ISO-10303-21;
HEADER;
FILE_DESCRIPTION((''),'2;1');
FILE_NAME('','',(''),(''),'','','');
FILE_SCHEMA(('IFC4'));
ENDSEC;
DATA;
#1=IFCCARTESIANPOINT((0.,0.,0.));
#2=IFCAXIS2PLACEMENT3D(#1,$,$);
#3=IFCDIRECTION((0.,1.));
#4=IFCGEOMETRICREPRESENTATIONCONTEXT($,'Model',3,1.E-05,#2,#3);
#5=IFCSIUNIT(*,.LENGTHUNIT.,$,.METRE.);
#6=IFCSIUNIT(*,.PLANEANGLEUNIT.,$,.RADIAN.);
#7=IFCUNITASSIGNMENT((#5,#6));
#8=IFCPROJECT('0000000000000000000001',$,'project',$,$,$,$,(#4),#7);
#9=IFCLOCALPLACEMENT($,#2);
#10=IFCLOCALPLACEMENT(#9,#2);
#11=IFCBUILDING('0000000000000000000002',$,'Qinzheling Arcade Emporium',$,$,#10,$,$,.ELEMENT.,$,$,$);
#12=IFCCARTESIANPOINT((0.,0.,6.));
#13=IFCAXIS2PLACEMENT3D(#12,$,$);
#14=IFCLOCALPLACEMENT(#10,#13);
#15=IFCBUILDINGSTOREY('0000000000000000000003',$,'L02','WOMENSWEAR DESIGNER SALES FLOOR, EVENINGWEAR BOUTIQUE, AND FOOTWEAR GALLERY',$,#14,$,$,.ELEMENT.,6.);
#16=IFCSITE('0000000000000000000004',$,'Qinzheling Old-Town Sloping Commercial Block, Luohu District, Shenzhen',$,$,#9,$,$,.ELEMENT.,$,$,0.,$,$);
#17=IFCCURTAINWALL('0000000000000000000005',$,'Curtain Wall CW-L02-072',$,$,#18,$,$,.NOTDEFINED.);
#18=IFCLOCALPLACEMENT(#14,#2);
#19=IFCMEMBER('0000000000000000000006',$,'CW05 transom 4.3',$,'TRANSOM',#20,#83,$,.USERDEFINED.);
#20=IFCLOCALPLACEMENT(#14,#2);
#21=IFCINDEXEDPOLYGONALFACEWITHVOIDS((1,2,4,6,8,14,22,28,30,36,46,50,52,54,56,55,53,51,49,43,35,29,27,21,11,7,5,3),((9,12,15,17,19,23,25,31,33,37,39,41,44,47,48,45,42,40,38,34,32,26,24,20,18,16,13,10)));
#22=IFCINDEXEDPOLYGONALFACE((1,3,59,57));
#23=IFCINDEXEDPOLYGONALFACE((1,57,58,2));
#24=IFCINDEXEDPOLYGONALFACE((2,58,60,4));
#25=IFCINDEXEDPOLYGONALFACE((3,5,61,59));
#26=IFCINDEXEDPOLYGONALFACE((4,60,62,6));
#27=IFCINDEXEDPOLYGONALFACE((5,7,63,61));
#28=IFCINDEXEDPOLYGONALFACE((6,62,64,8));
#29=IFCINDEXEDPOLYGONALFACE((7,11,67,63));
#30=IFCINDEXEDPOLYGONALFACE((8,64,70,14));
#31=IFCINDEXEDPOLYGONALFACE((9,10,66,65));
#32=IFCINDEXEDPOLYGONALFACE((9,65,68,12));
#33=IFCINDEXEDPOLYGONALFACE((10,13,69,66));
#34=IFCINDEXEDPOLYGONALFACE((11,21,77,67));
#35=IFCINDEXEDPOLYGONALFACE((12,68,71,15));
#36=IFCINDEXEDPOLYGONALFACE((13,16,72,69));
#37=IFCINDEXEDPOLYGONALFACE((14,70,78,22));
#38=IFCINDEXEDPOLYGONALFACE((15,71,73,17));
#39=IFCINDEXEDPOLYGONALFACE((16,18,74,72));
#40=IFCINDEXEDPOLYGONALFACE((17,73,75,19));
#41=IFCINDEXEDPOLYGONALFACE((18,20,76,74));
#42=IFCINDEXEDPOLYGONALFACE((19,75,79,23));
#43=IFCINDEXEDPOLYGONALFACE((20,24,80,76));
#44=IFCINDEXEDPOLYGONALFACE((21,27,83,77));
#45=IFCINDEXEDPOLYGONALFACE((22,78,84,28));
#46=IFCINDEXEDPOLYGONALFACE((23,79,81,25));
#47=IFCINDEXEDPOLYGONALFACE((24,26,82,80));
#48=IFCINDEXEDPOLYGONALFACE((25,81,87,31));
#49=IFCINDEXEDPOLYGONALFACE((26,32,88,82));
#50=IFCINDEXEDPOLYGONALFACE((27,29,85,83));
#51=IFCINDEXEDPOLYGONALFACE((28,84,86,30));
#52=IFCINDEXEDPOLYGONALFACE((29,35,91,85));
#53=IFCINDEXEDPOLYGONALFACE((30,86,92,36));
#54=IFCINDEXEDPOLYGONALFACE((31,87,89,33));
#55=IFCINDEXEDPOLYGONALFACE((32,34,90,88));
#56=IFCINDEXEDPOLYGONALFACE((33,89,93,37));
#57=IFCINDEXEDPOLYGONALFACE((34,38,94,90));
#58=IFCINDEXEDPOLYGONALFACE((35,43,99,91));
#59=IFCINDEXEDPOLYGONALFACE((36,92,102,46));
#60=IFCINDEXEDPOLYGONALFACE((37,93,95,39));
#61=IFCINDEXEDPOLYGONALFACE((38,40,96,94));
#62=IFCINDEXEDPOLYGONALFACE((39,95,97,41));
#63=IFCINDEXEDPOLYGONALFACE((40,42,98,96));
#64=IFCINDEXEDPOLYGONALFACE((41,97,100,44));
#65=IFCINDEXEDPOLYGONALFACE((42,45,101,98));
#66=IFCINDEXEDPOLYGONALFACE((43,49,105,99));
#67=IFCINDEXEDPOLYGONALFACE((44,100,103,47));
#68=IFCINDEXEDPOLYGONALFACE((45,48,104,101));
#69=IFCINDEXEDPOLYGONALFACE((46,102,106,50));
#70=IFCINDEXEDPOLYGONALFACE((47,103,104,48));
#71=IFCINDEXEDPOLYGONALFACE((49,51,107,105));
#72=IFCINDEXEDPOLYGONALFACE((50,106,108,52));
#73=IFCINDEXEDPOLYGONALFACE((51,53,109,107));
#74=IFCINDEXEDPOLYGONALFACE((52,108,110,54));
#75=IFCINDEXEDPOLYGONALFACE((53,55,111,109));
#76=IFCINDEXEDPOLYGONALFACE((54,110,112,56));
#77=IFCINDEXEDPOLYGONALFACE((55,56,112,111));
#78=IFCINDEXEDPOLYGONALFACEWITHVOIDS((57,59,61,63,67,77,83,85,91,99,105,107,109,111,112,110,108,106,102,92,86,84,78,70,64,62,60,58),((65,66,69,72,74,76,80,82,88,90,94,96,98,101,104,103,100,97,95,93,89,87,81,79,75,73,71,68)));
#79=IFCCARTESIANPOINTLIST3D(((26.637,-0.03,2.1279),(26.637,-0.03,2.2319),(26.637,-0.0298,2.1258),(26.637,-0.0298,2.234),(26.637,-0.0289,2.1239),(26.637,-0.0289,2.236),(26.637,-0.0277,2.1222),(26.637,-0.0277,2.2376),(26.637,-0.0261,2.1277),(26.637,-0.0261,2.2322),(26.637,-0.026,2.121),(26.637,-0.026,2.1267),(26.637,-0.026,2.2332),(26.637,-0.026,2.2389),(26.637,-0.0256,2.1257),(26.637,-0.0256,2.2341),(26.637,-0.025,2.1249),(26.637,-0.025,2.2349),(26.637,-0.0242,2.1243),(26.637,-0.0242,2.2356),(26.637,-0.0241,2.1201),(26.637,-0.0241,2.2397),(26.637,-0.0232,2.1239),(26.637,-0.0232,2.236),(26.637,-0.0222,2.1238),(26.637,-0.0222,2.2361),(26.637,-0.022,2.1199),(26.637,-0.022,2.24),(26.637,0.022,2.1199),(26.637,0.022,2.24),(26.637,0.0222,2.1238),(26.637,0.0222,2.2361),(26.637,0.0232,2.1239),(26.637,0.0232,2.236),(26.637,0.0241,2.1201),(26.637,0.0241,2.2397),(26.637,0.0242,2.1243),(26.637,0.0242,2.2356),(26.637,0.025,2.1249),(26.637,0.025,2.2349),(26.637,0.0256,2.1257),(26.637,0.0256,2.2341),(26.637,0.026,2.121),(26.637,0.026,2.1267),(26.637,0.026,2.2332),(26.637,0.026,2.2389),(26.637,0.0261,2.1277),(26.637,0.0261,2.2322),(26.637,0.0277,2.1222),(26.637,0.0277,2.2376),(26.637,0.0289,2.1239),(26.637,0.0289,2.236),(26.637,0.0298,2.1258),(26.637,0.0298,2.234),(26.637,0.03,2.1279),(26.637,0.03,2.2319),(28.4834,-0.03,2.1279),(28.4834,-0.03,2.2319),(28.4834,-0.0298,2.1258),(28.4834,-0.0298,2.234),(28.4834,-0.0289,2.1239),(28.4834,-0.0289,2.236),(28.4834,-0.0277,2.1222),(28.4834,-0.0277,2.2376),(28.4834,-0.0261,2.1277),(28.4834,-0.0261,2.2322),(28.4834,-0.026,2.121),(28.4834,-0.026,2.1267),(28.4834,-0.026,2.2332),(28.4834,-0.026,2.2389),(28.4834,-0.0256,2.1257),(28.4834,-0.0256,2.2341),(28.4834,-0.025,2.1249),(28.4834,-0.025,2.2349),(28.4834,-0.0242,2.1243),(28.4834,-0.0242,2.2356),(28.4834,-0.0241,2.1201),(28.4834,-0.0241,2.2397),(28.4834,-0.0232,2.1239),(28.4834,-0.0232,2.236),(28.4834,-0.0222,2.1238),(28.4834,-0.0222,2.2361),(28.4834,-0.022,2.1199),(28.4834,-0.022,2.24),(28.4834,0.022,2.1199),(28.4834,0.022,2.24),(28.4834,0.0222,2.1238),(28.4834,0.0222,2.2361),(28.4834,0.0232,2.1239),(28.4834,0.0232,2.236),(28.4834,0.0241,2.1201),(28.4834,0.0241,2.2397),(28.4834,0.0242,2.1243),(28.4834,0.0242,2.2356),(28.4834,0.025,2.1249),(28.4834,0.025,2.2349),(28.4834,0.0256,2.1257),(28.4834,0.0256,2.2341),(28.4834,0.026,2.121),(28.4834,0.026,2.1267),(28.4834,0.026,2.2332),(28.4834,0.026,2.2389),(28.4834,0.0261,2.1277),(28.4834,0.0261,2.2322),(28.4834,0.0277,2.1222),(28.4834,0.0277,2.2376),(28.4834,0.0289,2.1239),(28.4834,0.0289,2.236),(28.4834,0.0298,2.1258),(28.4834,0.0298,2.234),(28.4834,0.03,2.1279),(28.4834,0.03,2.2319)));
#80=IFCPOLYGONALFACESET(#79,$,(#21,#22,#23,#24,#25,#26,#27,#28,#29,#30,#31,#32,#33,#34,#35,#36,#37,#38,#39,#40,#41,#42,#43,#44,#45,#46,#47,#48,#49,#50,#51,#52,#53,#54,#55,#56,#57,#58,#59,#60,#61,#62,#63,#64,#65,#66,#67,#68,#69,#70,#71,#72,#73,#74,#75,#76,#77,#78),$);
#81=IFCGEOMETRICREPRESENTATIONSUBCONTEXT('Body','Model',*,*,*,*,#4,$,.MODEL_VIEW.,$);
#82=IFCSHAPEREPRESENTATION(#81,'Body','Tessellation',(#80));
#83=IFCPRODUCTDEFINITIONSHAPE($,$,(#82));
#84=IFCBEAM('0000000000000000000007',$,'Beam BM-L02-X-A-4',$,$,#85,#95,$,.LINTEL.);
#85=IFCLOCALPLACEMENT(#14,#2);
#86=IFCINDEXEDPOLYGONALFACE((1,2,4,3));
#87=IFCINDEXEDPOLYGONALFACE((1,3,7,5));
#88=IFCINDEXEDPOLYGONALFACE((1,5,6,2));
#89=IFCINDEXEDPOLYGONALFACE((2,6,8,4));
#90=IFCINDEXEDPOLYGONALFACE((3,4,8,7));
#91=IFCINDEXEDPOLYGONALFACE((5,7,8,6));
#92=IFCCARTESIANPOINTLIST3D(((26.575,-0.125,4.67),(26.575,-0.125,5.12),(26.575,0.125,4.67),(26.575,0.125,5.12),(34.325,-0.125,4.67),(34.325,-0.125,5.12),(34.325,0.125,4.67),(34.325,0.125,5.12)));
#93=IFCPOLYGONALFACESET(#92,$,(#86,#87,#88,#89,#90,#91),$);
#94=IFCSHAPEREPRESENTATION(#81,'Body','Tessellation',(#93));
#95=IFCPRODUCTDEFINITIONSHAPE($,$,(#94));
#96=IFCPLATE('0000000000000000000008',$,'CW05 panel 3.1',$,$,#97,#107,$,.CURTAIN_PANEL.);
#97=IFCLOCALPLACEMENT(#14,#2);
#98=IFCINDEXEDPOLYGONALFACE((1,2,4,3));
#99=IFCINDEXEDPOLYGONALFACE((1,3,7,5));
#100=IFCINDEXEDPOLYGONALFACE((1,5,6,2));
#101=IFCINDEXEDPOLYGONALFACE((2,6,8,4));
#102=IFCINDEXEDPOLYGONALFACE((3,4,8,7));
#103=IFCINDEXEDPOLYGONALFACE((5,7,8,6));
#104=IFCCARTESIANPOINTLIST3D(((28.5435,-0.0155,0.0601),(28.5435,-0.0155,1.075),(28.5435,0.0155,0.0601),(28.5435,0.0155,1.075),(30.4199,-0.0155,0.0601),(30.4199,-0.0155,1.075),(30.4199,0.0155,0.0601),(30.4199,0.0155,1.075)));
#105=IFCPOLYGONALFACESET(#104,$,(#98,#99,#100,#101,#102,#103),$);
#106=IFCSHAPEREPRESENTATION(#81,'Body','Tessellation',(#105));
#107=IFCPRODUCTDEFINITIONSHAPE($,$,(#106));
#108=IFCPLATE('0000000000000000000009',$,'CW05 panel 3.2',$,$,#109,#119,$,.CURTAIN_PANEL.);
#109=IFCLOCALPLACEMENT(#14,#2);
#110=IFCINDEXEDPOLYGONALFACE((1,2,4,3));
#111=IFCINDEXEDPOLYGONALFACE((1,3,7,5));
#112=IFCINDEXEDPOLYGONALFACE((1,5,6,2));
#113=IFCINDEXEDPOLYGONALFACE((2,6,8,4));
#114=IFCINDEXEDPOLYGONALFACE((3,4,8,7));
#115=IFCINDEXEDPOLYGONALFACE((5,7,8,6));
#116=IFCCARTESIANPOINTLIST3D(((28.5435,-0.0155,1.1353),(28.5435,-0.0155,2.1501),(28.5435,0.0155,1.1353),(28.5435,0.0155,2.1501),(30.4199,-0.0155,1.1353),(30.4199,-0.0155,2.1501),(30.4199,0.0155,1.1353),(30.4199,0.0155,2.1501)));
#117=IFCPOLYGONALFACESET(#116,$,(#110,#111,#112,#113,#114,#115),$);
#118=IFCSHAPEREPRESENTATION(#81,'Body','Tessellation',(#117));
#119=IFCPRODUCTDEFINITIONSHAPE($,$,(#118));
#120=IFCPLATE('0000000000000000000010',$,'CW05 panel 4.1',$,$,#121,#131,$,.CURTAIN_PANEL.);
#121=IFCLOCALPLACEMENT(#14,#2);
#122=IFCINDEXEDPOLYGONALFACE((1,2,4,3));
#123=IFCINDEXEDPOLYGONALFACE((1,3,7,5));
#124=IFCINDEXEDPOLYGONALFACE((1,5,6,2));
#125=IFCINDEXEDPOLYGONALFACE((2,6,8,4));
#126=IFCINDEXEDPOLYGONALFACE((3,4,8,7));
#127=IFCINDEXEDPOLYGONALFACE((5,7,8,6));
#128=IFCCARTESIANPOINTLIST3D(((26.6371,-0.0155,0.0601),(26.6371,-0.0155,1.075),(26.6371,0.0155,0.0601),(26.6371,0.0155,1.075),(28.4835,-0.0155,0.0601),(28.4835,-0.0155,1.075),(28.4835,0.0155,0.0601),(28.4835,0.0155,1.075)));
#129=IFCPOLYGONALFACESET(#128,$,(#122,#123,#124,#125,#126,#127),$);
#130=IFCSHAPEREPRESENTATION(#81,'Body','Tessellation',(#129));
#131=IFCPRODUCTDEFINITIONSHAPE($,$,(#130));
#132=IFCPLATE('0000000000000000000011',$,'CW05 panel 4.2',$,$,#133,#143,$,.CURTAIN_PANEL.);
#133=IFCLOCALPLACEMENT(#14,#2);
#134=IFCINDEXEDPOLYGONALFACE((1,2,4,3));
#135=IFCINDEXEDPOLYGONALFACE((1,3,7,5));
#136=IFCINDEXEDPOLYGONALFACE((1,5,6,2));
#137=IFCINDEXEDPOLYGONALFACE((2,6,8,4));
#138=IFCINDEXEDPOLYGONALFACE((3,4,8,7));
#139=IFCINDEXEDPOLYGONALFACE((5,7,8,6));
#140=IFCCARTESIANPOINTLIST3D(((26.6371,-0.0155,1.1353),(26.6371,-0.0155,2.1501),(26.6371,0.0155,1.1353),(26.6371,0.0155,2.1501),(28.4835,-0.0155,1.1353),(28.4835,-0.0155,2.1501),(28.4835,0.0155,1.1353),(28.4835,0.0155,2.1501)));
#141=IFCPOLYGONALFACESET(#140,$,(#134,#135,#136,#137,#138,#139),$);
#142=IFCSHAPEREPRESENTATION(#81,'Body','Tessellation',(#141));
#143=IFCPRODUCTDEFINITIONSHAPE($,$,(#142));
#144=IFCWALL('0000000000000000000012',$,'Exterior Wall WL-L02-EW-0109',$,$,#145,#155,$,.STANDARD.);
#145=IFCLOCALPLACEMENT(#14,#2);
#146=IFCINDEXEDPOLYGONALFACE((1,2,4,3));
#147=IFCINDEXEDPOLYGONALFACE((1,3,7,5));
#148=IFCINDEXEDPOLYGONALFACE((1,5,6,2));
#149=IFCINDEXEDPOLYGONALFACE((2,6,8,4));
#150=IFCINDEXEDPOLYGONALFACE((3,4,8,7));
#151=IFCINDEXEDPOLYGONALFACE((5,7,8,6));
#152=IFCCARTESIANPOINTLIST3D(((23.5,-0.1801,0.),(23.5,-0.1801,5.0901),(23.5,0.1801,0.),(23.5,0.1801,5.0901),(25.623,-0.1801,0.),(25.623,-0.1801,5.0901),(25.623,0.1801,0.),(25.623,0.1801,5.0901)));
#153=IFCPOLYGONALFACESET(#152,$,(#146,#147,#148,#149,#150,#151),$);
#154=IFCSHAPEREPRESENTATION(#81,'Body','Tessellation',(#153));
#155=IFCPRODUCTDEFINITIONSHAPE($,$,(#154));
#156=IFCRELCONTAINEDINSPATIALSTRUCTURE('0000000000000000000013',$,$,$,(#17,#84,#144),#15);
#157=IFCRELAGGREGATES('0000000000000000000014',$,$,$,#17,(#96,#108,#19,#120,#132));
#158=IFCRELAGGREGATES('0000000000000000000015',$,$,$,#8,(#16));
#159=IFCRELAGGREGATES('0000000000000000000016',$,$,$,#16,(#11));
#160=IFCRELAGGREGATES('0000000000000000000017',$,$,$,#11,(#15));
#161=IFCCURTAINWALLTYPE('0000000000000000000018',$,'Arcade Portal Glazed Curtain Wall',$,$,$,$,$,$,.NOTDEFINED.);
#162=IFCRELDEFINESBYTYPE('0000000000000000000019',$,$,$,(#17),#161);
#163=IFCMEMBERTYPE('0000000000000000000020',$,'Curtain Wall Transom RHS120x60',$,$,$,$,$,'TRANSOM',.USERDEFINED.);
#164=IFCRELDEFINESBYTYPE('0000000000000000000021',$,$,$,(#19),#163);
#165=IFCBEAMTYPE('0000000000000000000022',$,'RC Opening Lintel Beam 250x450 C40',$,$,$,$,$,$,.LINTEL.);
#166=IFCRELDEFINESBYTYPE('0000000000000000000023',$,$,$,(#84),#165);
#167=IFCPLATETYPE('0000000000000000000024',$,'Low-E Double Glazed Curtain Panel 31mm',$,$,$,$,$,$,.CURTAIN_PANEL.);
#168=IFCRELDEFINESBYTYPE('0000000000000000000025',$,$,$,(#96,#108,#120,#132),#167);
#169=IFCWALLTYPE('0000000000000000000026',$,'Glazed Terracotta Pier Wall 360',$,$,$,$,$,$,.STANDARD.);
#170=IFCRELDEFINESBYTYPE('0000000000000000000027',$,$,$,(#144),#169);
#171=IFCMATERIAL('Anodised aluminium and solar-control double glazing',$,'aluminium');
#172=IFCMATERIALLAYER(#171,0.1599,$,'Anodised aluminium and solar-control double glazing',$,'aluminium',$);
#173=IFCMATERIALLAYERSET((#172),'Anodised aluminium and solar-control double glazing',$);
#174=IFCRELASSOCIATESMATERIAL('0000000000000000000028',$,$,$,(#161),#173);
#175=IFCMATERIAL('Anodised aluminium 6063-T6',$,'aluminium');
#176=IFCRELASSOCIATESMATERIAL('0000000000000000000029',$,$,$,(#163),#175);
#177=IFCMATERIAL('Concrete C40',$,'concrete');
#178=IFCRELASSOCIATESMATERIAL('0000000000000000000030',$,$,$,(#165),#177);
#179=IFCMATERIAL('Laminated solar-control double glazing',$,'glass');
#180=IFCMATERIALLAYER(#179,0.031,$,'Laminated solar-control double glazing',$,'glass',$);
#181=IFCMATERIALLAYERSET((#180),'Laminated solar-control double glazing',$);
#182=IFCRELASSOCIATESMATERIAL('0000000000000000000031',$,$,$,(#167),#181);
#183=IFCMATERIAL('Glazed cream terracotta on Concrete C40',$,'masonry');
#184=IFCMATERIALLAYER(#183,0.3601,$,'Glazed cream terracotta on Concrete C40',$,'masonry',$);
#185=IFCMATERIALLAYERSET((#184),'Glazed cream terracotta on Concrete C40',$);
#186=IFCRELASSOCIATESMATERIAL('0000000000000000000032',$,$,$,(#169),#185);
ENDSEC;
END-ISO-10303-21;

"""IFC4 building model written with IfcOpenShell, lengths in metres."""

from ifc_helpers import new_model, si_unit, direction, frame, frame_2d, origin, origin_2d, place, context, subcontext, project, spatial, rectangle, hollow_rectangle, extrude, material, layer, layer_set, material_profile, profile_set, type_object, element, aggregate, save


model = new_model("IFC4")

# Units and contexts
model_context = context("Model", 3, precision=1e-05, world=origin(), true_north=direction((0.0, 1.0)))
body_context = subcontext(model_context, "Body", "Model", "MODEL_VIEW")
ifc_project = project(units=[si_unit("LENGTHUNIT", "METRE"), si_unit("PLANEANGLEUNIT", "RADIAN")], contexts=[model_context])

# Site, building, storey
site_placement = place(None, origin())
site = spatial("IfcSite", under=ifc_project, at=site_placement, Name="Qinzheling Old-Town Sloping Commercial Block, Luohu District, Shenzhen", CompositionType="ELEMENT", RefElevation=0.0)
building_placement = place(site_placement, origin())
building = spatial("IfcBuilding", under=site, at=building_placement, Name="Qinzheling Arcade Emporium", CompositionType="ELEMENT")
storey_placement = place(building_placement, frame((0.0, 0.0, 6.0)))
storey = spatial("IfcBuildingStorey", under=building, at=storey_placement, Name="L02", Description="WOMENSWEAR DESIGNER SALES FLOOR, EVENINGWEAR BOUTIQUE, AND FOOTWEAR GALLERY", CompositionType="ELEMENT", Elevation=6.0)

# Curtain wall, member
ifc_material_1 = material(Name="Anodised aluminium and solar-control double glazing", Category="aluminium")
ifc_layer_1 = layer(ifc_material_1, 0.1599, Name="Anodised aluminium and solar-control double glazing", Category="aluminium")
ifc_layer_set_1 = layer_set([ifc_layer_1], Name="Anodised aluminium and solar-control double glazing")
curtain_wall_type = type_object("IfcCurtainWallType", Name="Arcade Portal Glazed Curtain Wall", PredefinedType="NOTDEFINED", material=ifc_layer_set_1)
curtain_wall_placement = place(storey_placement, origin())
curtain_wall = element("IfcCurtainWall", 1, at=curtain_wall_placement, inside=storey, type_object=curtain_wall_type, Name="Curtain Wall CW-L02-072", PredefinedType="NOTDEFINED")
ifc_material_2 = material(Name="Anodised aluminium 6063-T6", Category="aluminium")
ifc_material_profile_1 = material_profile(ifc_material_2, hollow_rectangle(XDim=0.0601, YDim=0.1201, WallThickness=0.0039, InnerFilletRadius=0.0039, OuterFilletRadius=0.0081, at=origin_2d()), Name="RHS 120x60x4", Category="aluminium")
ifc_profile_set_1 = profile_set([ifc_material_profile_1], Name="Anodised aluminium 6063-T6")
member_type_1 = type_object("IfcMemberType", Name="Curtain Wall Transom RHS120x60", ElementType="TRANSOM", PredefinedType="USERDEFINED", material=ifc_profile_set_1)
member_1_placement = place(storey_placement, frame((28.4834, 0.0, 2.1799), z_axis=(-1.0, 0.0, 0.0), x_axis=(0.0, -1.0, 0.0)))
member_1 = element("IfcMember", 2, at=member_1_placement, type_object=member_type_1, Name="CW05 transom 4.3", ObjectType="TRANSOM", PredefinedType="USERDEFINED", context=body_context, shape_type="SweptSolid", body=[
    extrude(hollow_rectangle(XDim=0.0601, YDim=0.1201, WallThickness=0.0039, InnerFilletRadius=0.0039, OuterFilletRadius=0.0081, at=origin_2d()), origin(), (0.0, 0.0, 1.0), 1.8464),
])

# Beam
ifc_material_3 = material(Name="Concrete C40", Category="concrete")
ifc_material_profile_2 = material_profile(ifc_material_3, rectangle(XDim=0.25, YDim=0.45, at=origin_2d()), Name="RC 250x450", Category="concrete")
ifc_profile_set_2 = profile_set([ifc_material_profile_2], Name="Concrete C40")
beam_type_1 = type_object("IfcBeamType", Name="RC Opening Lintel Beam 250x450 C40", PredefinedType="LINTEL", material=ifc_profile_set_2)
beam_1_placement = place(storey_placement, frame((26.575, 0.0, 4.895), z_axis=(1.0, 0.0, 0.0), x_axis=(0.0, 1.0, 0.0)))
element("IfcBeam", 3, at=beam_1_placement, inside=storey, type_object=beam_type_1, Name="Beam BM-L02-X-A-4", PredefinedType="LINTEL", context=body_context, shape_type="SweptSolid", body=[
    extrude(rectangle(XDim=0.25, YDim=0.45, at=origin_2d()), origin(), (0.0, 0.0, 1.0), 7.75),
])

# Plates
ifc_material_4 = material(Name="Laminated solar-control double glazing", Category="glass")
ifc_layer_2 = layer(ifc_material_4, 0.031, Name="Laminated solar-control double glazing", Category="glass")
ifc_layer_set_2 = layer_set([ifc_layer_2], Name="Laminated solar-control double glazing")
plate_type = type_object("IfcPlateType", Name="Low-E Double Glazed Curtain Panel 31mm", PredefinedType="CURTAIN_PANEL", material=ifc_layer_set_2)
plate_1_placement = place(storey_placement, frame((29.4817, 0.0, 0.0601), z_axis=(0.0, 0.0, 1.0), x_axis=(-1.0, 0.0, 0.0)))
plate_1 = element("IfcPlate", 4, at=plate_1_placement, type_object=plate_type, Name="CW05 panel 3.1", PredefinedType="CURTAIN_PANEL", context=body_context, shape_type="SweptSolid", body=[
    extrude(rectangle(XDim=1.8765, YDim=0.031, at=origin_2d()), origin(), (0.0, 0.0, 1.0), 1.0149),
])
plate_2_placement = place(storey_placement, frame((29.4817, 0.0, 1.1353), z_axis=(0.0, 0.0, 1.0), x_axis=(-1.0, 0.0, 0.0)))
plate_2 = element("IfcPlate", 5, at=plate_2_placement, type_object=plate_type, Name="CW05 panel 3.2", PredefinedType="CURTAIN_PANEL", context=body_context, shape_type="SweptSolid", body=[
    extrude(rectangle(XDim=1.8765, YDim=0.031, at=origin_2d()), origin(), (0.0, 0.0, 1.0), 1.0149),
])
plate_3_placement = place(storey_placement, frame((27.5603, 0.0, 0.0601), z_axis=(0.0, 0.0, 1.0), x_axis=(-1.0, 0.0, 0.0)))
plate_3 = element("IfcPlate", 6, at=plate_3_placement, type_object=plate_type, Name="CW05 panel 4.1", PredefinedType="CURTAIN_PANEL", context=body_context, shape_type="SweptSolid", body=[
    extrude(rectangle(XDim=1.8464, YDim=0.031, at=origin_2d()), origin(), (0.0, 0.0, 1.0), 1.0149),
])
plate_4_placement = place(storey_placement, frame((27.5603, 0.0, 1.1353), z_axis=(0.0, 0.0, 1.0), x_axis=(-1.0, 0.0, 0.0)))
plate_4 = element("IfcPlate", 7, at=plate_4_placement, type_object=plate_type, Name="CW05 panel 4.2", PredefinedType="CURTAIN_PANEL", context=body_context, shape_type="SweptSolid", body=[
    extrude(rectangle(XDim=1.8464, YDim=0.031, at=origin_2d()), origin(), (0.0, 0.0, 1.0), 1.0149),
])
aggregate(curtain_wall, [plate_1, plate_2, member_1, plate_3, plate_4])

# Wall
ifc_material_5 = material(Name="Glazed cream terracotta on Concrete C40", Category="masonry")
ifc_layer_3 = layer(ifc_material_5, 0.3601, Name="Glazed cream terracotta on Concrete C40", Category="masonry")
ifc_layer_set_3 = layer_set([ifc_layer_3], Name="Glazed cream terracotta on Concrete C40")
wall_type = type_object("IfcWallType", Name="Glazed Terracotta Pier Wall 360", PredefinedType="STANDARD", material=ifc_layer_set_3)
wall_placement = place(storey_placement, frame((25.623, 0.0, 0.0), z_axis=(0.0, 0.0, 1.0), x_axis=(-1.0, 0.0, 0.0)))
element("IfcWall", 8, at=wall_placement, inside=storey, type_object=wall_type, Name="Exterior Wall WL-L02-EW-0109", PredefinedType="STANDARD", context=body_context, shape_type="SweptSolid", body=[
    extrude(rectangle(XDim=2.123, YDim=0.3601, at=frame_2d((1.0615, 0.0))), origin(), (0.0, 0.0, 1.0), 5.0901),
])

save(model, "model.ifc")
